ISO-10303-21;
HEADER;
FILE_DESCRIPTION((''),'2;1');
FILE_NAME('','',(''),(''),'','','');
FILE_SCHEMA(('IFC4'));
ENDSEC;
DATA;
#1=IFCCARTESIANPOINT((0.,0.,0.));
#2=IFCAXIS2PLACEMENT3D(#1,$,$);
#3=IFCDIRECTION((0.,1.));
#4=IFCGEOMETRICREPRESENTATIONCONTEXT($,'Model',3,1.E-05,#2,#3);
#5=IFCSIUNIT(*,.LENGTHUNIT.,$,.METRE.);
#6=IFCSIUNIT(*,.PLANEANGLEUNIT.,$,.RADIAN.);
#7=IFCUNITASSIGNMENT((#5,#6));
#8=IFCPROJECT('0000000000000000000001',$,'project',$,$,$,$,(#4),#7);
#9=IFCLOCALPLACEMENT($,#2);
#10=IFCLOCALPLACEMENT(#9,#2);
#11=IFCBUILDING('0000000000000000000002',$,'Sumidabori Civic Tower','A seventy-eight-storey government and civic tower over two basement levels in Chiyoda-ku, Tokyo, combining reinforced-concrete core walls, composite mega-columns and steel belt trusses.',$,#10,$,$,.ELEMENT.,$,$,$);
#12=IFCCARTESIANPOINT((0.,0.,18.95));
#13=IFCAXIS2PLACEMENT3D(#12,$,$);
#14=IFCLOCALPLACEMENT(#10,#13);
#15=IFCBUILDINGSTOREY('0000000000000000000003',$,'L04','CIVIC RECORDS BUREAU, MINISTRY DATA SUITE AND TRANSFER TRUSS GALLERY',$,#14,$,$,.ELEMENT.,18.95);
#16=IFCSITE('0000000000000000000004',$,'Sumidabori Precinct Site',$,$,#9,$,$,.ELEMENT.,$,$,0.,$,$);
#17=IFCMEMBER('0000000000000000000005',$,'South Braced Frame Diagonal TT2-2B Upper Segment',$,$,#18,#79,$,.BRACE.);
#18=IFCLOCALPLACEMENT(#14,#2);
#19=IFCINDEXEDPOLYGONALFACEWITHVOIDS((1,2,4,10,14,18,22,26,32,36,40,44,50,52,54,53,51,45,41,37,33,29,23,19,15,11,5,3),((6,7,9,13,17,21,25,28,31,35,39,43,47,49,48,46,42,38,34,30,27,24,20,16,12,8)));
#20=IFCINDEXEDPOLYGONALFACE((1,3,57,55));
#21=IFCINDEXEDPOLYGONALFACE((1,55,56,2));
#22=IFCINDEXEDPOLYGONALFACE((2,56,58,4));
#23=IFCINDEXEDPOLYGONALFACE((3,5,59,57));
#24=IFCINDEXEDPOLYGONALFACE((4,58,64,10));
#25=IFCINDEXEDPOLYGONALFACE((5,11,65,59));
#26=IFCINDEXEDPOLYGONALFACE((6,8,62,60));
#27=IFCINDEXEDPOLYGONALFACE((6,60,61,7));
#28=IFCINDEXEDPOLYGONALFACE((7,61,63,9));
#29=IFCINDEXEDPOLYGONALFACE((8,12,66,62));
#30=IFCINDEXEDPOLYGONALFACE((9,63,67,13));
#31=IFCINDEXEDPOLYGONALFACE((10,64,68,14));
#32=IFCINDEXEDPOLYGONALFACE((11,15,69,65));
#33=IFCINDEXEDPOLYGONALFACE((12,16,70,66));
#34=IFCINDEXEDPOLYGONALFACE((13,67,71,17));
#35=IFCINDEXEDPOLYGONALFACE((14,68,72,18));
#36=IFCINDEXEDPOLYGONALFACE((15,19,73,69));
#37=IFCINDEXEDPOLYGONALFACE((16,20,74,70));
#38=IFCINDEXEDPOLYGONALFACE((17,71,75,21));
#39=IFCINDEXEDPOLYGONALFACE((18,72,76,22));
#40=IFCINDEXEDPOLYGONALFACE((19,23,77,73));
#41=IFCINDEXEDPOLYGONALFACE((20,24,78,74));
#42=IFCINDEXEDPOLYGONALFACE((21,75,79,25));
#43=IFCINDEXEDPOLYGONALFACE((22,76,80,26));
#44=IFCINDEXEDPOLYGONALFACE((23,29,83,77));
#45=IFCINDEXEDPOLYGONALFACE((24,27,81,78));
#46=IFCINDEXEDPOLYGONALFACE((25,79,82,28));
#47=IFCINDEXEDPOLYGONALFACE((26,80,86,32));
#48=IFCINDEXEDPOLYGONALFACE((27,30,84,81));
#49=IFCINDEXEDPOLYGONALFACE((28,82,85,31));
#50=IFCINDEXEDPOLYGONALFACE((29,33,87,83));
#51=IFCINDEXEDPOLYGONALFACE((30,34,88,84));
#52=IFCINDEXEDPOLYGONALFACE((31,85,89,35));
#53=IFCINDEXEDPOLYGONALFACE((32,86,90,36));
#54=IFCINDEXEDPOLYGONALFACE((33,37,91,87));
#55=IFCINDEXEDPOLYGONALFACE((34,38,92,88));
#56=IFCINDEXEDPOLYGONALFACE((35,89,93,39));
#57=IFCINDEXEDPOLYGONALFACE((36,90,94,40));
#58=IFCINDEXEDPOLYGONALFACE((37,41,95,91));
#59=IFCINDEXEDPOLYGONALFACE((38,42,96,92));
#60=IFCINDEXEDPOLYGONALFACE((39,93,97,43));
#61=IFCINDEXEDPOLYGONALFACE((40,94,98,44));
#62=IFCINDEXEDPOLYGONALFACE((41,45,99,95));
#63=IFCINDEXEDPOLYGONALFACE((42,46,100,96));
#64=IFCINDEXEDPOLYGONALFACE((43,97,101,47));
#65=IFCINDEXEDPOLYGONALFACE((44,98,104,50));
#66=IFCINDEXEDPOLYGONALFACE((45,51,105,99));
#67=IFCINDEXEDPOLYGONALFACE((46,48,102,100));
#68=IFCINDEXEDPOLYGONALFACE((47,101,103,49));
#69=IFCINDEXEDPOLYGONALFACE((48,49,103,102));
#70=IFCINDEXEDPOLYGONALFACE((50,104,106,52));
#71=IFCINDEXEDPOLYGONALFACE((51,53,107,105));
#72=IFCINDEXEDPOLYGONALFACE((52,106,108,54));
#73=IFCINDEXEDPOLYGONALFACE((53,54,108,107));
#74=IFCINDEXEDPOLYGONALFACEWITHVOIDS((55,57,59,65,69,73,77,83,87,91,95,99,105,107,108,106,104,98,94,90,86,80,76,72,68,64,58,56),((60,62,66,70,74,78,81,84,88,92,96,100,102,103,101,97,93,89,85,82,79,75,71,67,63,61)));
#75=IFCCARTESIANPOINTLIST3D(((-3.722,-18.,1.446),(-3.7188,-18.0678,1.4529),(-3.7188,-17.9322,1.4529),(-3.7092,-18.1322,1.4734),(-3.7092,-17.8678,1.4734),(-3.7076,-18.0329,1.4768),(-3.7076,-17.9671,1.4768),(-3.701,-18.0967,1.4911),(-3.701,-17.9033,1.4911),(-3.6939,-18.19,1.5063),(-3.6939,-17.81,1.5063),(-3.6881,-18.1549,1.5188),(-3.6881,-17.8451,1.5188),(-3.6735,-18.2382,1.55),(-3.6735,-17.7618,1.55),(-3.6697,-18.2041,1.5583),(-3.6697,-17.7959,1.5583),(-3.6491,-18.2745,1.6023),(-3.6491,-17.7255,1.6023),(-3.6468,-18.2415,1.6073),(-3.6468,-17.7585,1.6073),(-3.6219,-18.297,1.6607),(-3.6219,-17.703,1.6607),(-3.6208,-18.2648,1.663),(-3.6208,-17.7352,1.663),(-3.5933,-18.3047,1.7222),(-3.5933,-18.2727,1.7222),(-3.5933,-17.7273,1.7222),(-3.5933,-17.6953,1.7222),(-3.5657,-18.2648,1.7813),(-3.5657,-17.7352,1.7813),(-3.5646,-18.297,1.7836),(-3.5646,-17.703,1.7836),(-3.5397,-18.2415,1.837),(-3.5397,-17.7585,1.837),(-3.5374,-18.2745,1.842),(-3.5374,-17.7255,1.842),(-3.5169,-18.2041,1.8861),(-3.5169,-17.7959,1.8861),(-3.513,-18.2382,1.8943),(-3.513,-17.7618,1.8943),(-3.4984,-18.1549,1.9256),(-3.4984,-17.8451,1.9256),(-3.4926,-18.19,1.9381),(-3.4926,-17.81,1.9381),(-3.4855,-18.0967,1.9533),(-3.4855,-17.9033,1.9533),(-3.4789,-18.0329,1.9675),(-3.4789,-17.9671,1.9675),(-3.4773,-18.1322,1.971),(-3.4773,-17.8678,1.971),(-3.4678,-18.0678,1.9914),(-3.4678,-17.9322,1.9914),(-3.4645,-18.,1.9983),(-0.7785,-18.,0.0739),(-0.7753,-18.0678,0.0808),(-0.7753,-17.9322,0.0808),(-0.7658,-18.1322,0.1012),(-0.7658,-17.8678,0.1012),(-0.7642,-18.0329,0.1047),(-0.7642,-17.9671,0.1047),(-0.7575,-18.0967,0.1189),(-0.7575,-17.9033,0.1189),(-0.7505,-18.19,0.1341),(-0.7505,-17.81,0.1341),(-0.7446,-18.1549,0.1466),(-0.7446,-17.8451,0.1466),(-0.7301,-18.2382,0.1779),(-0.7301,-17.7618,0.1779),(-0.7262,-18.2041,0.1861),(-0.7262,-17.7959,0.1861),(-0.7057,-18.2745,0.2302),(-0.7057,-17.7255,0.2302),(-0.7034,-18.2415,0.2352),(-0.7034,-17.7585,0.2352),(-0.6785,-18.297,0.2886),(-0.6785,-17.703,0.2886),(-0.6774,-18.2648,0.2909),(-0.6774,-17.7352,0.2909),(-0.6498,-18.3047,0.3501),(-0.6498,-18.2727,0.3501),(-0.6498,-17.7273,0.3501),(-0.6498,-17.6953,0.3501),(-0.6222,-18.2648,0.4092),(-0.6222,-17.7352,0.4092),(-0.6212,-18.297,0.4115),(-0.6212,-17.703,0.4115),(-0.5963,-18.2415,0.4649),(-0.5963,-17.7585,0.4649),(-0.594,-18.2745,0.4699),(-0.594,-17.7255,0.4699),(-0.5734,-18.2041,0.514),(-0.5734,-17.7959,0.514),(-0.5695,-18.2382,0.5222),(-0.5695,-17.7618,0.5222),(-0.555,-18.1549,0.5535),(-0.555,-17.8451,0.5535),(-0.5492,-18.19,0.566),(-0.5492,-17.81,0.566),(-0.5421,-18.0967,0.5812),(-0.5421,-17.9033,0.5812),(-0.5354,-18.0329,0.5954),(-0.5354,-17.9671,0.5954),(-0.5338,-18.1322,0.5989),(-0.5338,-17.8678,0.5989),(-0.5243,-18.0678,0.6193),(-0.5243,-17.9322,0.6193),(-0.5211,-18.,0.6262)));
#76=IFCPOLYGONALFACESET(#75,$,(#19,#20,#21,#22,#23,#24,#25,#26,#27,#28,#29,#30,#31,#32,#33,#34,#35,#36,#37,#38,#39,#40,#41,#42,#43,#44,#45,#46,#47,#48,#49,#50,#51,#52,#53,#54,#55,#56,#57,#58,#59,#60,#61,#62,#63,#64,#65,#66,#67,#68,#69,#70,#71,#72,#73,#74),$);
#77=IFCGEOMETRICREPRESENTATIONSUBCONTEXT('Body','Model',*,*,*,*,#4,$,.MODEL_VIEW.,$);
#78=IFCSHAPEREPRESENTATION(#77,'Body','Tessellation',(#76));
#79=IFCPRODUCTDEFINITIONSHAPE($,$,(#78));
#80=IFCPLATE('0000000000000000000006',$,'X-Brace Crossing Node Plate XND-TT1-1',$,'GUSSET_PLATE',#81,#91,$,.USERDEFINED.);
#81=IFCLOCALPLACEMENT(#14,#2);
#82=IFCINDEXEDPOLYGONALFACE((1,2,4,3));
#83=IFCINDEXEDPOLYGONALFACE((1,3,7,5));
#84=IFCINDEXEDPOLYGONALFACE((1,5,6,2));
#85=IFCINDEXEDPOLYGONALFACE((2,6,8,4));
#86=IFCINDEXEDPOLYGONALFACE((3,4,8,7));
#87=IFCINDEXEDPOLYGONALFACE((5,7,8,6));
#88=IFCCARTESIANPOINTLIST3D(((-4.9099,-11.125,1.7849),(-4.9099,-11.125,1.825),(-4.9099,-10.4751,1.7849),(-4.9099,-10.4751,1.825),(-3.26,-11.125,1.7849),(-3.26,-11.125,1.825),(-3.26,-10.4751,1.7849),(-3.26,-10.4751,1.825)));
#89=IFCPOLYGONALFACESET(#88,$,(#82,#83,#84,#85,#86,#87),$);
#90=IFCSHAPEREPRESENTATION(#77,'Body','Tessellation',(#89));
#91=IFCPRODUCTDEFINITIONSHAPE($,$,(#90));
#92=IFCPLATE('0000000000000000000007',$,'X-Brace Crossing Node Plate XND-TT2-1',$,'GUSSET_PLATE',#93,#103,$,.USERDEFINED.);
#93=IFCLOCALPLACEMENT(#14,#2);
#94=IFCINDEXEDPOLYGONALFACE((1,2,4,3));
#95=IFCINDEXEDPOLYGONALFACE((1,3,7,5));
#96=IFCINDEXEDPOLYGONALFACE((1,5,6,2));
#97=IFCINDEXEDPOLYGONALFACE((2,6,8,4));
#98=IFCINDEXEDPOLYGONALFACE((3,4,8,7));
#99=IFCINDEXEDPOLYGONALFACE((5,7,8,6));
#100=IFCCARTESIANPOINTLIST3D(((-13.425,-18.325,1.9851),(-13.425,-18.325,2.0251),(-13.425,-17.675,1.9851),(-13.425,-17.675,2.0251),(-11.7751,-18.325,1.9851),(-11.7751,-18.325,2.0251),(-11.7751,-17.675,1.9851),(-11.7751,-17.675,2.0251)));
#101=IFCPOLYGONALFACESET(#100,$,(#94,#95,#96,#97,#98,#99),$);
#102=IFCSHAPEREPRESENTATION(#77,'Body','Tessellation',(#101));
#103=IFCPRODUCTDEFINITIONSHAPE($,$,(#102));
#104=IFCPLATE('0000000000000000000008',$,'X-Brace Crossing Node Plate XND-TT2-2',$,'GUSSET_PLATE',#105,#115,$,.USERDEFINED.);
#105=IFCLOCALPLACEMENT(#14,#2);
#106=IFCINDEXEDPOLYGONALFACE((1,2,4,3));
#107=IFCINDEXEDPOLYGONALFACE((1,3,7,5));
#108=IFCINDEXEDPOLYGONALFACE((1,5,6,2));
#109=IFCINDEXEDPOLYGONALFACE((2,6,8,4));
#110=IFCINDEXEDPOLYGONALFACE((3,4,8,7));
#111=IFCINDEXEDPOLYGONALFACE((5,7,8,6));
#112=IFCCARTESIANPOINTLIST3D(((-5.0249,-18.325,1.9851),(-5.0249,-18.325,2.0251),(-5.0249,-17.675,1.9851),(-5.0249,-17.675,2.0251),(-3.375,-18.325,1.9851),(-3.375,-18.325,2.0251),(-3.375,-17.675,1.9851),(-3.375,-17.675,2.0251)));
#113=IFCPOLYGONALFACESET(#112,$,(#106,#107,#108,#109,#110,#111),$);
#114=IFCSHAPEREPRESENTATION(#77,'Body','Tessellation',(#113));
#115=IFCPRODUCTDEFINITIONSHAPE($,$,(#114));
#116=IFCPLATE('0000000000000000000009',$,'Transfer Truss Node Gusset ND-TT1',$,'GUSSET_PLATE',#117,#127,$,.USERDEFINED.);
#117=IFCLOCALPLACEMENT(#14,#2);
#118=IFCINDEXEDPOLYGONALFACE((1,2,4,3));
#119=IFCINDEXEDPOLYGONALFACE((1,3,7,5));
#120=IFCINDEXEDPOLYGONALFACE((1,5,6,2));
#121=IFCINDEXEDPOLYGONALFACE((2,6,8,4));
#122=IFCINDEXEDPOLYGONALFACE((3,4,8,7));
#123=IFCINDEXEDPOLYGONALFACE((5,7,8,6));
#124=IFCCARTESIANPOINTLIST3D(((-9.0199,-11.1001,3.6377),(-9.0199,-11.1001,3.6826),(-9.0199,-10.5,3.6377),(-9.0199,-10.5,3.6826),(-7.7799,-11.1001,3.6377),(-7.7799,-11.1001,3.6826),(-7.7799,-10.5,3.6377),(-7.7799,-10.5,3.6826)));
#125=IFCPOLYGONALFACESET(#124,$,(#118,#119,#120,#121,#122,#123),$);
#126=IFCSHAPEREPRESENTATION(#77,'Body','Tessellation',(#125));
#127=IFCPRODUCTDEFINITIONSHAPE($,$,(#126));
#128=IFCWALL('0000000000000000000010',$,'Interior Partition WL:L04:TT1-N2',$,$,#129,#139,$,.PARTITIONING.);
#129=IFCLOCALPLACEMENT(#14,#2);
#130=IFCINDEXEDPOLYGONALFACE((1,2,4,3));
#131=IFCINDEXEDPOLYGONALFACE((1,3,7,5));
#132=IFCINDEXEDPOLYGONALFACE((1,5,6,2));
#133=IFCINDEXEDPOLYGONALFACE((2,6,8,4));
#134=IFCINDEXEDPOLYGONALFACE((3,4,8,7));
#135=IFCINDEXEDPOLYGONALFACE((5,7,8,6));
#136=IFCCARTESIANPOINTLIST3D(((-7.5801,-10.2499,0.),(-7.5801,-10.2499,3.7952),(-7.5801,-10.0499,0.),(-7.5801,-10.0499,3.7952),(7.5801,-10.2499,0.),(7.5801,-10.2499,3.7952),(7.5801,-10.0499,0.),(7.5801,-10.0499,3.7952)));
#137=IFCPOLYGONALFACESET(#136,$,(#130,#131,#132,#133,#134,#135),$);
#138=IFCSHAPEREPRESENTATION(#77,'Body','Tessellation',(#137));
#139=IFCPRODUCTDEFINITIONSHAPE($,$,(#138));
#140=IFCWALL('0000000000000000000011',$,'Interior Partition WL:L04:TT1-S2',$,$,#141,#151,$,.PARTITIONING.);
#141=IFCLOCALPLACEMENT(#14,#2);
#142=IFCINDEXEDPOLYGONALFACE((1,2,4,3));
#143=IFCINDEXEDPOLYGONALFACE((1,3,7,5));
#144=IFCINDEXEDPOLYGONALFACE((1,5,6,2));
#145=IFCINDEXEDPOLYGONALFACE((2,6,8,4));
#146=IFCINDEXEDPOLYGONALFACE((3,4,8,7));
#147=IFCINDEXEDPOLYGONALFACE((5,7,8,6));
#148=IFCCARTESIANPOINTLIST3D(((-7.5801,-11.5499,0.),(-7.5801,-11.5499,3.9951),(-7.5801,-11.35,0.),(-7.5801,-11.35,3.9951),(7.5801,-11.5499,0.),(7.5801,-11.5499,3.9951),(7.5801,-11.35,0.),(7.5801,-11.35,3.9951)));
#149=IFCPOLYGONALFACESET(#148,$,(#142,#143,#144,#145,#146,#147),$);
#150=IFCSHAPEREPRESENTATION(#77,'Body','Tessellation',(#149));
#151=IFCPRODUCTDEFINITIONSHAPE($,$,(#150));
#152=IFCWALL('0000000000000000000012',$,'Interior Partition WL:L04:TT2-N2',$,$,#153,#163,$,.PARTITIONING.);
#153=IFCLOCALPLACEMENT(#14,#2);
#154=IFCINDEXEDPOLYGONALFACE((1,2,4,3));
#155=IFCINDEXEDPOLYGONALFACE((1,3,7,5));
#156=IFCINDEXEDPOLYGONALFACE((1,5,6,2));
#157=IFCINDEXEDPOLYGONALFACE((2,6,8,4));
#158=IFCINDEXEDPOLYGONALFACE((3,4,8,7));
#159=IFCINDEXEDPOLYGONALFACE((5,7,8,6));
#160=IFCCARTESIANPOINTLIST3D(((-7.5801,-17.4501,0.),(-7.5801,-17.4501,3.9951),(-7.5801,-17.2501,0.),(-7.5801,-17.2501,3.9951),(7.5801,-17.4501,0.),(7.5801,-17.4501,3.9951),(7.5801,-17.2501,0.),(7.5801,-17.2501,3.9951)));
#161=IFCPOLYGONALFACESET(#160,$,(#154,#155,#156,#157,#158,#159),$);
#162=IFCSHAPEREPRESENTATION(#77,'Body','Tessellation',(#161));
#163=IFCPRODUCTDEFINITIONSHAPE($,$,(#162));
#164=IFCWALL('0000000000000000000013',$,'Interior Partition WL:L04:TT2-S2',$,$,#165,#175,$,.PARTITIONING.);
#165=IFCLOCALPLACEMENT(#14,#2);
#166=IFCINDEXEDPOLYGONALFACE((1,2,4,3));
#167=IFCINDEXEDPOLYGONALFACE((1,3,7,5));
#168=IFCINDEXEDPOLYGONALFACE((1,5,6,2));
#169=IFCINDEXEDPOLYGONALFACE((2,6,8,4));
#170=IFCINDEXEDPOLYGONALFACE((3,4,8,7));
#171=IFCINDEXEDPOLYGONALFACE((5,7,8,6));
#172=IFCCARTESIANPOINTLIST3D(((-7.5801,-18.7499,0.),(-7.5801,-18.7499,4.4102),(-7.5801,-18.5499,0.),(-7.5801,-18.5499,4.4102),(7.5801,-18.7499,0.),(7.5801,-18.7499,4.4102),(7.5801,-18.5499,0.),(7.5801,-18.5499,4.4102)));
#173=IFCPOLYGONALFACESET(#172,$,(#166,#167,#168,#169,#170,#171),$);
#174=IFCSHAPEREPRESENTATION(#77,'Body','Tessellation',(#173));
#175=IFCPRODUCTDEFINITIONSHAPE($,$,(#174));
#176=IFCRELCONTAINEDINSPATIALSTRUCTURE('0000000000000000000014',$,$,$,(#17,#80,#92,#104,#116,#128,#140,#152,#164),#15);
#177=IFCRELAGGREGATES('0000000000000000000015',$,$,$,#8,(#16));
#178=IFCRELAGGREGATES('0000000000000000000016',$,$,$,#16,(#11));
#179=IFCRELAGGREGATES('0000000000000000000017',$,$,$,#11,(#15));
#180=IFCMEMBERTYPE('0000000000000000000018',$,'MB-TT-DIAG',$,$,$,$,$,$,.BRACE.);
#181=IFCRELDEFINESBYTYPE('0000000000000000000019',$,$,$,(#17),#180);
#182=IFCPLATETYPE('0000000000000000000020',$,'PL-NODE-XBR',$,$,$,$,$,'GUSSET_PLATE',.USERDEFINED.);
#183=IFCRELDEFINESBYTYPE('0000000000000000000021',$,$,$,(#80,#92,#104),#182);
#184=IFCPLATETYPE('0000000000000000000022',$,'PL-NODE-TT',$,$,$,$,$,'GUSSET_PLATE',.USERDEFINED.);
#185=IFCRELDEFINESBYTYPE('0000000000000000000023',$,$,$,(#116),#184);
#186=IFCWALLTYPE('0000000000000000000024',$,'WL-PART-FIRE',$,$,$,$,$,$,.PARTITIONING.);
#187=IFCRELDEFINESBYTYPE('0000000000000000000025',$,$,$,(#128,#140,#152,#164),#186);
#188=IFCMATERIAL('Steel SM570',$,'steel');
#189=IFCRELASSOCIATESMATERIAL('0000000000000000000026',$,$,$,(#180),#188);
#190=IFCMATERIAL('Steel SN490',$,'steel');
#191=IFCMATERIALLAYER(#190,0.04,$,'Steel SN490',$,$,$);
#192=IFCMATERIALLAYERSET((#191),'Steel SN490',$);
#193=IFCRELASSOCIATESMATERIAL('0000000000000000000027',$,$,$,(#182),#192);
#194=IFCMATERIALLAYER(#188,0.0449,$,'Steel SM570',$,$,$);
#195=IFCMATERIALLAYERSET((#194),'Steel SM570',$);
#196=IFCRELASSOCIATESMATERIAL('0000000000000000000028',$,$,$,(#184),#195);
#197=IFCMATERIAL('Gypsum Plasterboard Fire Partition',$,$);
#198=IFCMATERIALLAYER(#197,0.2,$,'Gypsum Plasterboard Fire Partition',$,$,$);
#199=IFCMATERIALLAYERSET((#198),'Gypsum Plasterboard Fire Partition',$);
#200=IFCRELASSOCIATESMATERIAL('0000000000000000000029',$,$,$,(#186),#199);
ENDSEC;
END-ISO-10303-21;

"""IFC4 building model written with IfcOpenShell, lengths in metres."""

from ifc_helpers import new_model, si_unit, direction, frame, frame_2d, origin, origin_2d, place, context, subcontext, project, spatial, rectangle, hollow_circle, extrude, source, transform, mapped, material, layer, layer_set, material_profile, profile_set, type_object, element, save


model = new_model("IFC4")

# Units and contexts
model_context = context("Model", 3, precision=1e-05, world=origin(), true_north=direction((0.0, 1.0)))
body_context = subcontext(model_context, "Body", "Model", "MODEL_VIEW")
ifc_project = project(units=[si_unit("LENGTHUNIT", "METRE"), si_unit("PLANEANGLEUNIT", "RADIAN")], contexts=[model_context])

# Site, building, storey
site_placement = place(None, origin())
site = spatial("IfcSite", under=ifc_project, at=site_placement, Name="Sumidabori Precinct Site", CompositionType="ELEMENT", RefElevation=0.0)
building_placement = place(site_placement, origin())
building = spatial("IfcBuilding", under=site, at=building_placement, Name="Sumidabori Civic Tower", Description="A seventy-eight-storey government and civic tower over two basement levels in Chiyoda-ku, Tokyo, combining reinforced-concrete core walls, composite mega-columns and steel belt trusses.", CompositionType="ELEMENT")
storey_placement = place(building_placement, frame((0.0, 0.0, 18.95)))
storey = spatial("IfcBuildingStorey", under=building, at=storey_placement, Name="L04", Description="CIVIC RECORDS BUREAU, MINISTRY DATA SUITE AND TRANSFER TRUSS GALLERY", CompositionType="ELEMENT", Elevation=18.95)

# Shared definitions
ifc_material_1 = material(Name="Steel SM570", Category="steel")

# Shared definitions
ifc_material_2 = material(Name="Steel SN490", Category="steel")

# Member
ifc_material_profile_1 = material_profile(ifc_material_1, hollow_circle(Radius=0.3047, WallThickness=0.032, at=origin_2d()), Name="CHS 609.6x32")
ifc_profile_set_1 = profile_set([ifc_material_profile_1], Name="Steel SM570")
member_type = type_object("IfcMemberType", Name="MB-TT-DIAG", PredefinedType="BRACE", material=ifc_profile_set_1)
shared_shape_1 = source(origin(), body_context, "Body", "SweptSolid", [
    extrude(hollow_circle(Radius=0.3047, WallThickness=0.032, at=origin_2d()), origin(), (0.0, 0.0, 1.0), 3.2476),
])
member_1_placement = place(storey_placement, frame((-3.5933, -18.0, 1.7222), z_axis=(0.90636, 0.0, -0.422507), x_axis=(0.0, 1.0, 0.0)))
element("IfcMember", 1, at=member_1_placement, inside=storey, type_object=member_type, Name="South Braced Frame Diagonal TT2-2B Upper Segment", PredefinedType="BRACE", context=body_context, shape_type="MappedRepresentation", body=[
    mapped(shared_shape_1, transform((0.0, 0.0, 0.0), x_axis=(1.0, 0.0, 0.0), y_axis=(0.0, 1.0, 0.0), z_axis=(0.0, 0.0, 1.0), scale=1.0)),
])

# Plates
ifc_layer_1 = layer(ifc_material_2, 0.04, Name="Steel SN490")
ifc_layer_set_1 = layer_set([ifc_layer_1], Name="Steel SN490")
plate_type_1 = type_object("IfcPlateType", Name="PL-NODE-XBR", ElementType="GUSSET_PLATE", PredefinedType="USERDEFINED", material=ifc_layer_set_1)
shared_shape_2 = source(origin(), body_context, "Body", "SweptSolid", [
    extrude(rectangle(XDim=1.6499, YDim=0.6499, at=origin_2d()), origin(), (0.0, 0.0, 1.0), 0.04),
])
for number, where, z_axis, x_axis, name in (
    (2, (-4.085, -10.8, 1.7849), (0.0, 0.0, 1.0), (1.0, 0.0, 0.0), "X-Brace Crossing Node Plate XND-TT1-1"),
    (3, (-12.6001, -18.0, 1.9851), (0.0, 0.0, 1.0), (1.0, 0.0, 0.0), "X-Brace Crossing Node Plate XND-TT2-1"),
    (4, (-4.2, -18.0, 1.9851), (0.0, 0.0, 1.0), (1.0, 0.0, 0.0), "X-Brace Crossing Node Plate XND-TT2-2"),
):
    element("IfcPlate", number, at=place(storey_placement, frame(where, z_axis=z_axis, x_axis=x_axis)), inside=storey, type_object=plate_type_1, Name=name, ObjectType="GUSSET_PLATE", PredefinedType="USERDEFINED", context=body_context, shape_type="MappedRepresentation", body=[
        mapped(shared_shape_2, transform((0.0, 0.0, 0.0), x_axis=(1.0, 0.0, 0.0), y_axis=(0.0, 1.0, 0.0), z_axis=(0.0, 0.0, 1.0), scale=1.0)),
    ])
ifc_layer_2 = layer(ifc_material_1, 0.0449, Name="Steel SM570")
ifc_layer_set_2 = layer_set([ifc_layer_2], Name="Steel SM570")
plate_type_2 = type_object("IfcPlateType", Name="PL-NODE-TT", ElementType="GUSSET_PLATE", PredefinedType="USERDEFINED", material=ifc_layer_set_2)
shared_shape_3 = source(origin(), body_context, "Body", "SweptSolid", [
    extrude(rectangle(XDim=1.24, YDim=0.6001, at=origin_2d()), origin(), (0.0, 0.0, 1.0), 0.0449),
])
plate_placement = place(storey_placement, frame((-8.3999, -10.8, 3.6377), z_axis=(0.0, 0.0, 1.0), x_axis=(1.0, 0.0, 0.0)))
element("IfcPlate", 5, at=plate_placement, inside=storey, type_object=plate_type_2, Name="Transfer Truss Node Gusset ND-TT1", ObjectType="GUSSET_PLATE", PredefinedType="USERDEFINED", context=body_context, shape_type="MappedRepresentation", body=[
    mapped(shared_shape_3, transform((0.0, 0.0, 0.0), x_axis=(1.0, 0.0, 0.0), y_axis=(0.0, 1.0, 0.0), z_axis=(0.0, 0.0, 1.0), scale=1.0)),
])

# Walls
ifc_material_3 = material(Name="Gypsum Plasterboard Fire Partition")
ifc_layer_3 = layer(ifc_material_3, 0.2, Name="Gypsum Plasterboard Fire Partition")
ifc_layer_set_3 = layer_set([ifc_layer_3], Name="Gypsum Plasterboard Fire Partition")
wall_type = type_object("IfcWallType", Name="WL-PART-FIRE", PredefinedType="PARTITIONING", material=ifc_layer_set_3)
shared_shape_4 = source(origin(), body_context, "Body", "SweptSolid", [
    extrude(rectangle(XDim=15.1602, YDim=0.2, at=frame_2d((7.5801, 0.0))), origin(), (0.0, 0.0, 1.0), 3.7952),
])
wall_1_placement = place(storey_placement, frame((-7.5801, -10.1499, 0.0), z_axis=(0.0, 0.0, 1.0), x_axis=(1.0, 0.0, 0.0)))
element("IfcWall", 6, at=wall_1_placement, inside=storey, type_object=wall_type, Name="Interior Partition WL:L04:TT1-N2", PredefinedType="PARTITIONING", context=body_context, shape_type="MappedRepresentation", body=[
    mapped(shared_shape_4, transform((0.0, 0.0, 0.0), x_axis=(1.0, 0.0, 0.0), y_axis=(0.0, 1.0, 0.0), z_axis=(0.0, 0.0, 1.0), scale=1.0)),
])
shared_shape_5 = source(origin(), body_context, "Body", "SweptSolid", [
    extrude(rectangle(XDim=15.1602, YDim=0.2, at=frame_2d((7.5801, 0.0))), origin(), (0.0, 0.0, 1.0), 3.9951),
])
for number, where, z_axis, x_axis, name in (
    (7, (-7.5801, -11.45, 0.0), (0.0, 0.0, 1.0), (1.0, 0.0, 0.0), "Interior Partition WL:L04:TT1-S2"),
    (8, (-7.5801, -17.3501, 0.0), (0.0, 0.0, 1.0), (1.0, 0.0, 0.0), "Interior Partition WL:L04:TT2-N2"),
):
    element("IfcWall", number, at=place(storey_placement, frame(where, z_axis=z_axis, x_axis=x_axis)), inside=storey, type_object=wall_type, Name=name, PredefinedType="PARTITIONING", context=body_context, shape_type="MappedRepresentation", body=[
        mapped(shared_shape_5, transform((0.0, 0.0, 0.0), x_axis=(1.0, 0.0, 0.0), y_axis=(0.0, 1.0, 0.0), z_axis=(0.0, 0.0, 1.0), scale=1.0)),
    ])
shared_shape_6 = source(origin(), body_context, "Body", "SweptSolid", [
    extrude(rectangle(XDim=15.1602, YDim=0.2, at=frame_2d((7.5801, 0.0))), origin(), (0.0, 0.0, 1.0), 4.4102),
])
wall_2_placement = place(storey_placement, frame((-7.5801, -18.6499, 0.0), z_axis=(0.0, 0.0, 1.0), x_axis=(1.0, 0.0, 0.0)))
element("IfcWall", 9, at=wall_2_placement, inside=storey, type_object=wall_type, Name="Interior Partition WL:L04:TT2-S2", PredefinedType="PARTITIONING", context=body_context, shape_type="MappedRepresentation", body=[
    mapped(shared_shape_6, transform((0.0, 0.0, 0.0), x_axis=(1.0, 0.0, 0.0), y_axis=(0.0, 1.0, 0.0), z_axis=(0.0, 0.0, 1.0), scale=1.0)),
])

save(model, "model.ifc")
